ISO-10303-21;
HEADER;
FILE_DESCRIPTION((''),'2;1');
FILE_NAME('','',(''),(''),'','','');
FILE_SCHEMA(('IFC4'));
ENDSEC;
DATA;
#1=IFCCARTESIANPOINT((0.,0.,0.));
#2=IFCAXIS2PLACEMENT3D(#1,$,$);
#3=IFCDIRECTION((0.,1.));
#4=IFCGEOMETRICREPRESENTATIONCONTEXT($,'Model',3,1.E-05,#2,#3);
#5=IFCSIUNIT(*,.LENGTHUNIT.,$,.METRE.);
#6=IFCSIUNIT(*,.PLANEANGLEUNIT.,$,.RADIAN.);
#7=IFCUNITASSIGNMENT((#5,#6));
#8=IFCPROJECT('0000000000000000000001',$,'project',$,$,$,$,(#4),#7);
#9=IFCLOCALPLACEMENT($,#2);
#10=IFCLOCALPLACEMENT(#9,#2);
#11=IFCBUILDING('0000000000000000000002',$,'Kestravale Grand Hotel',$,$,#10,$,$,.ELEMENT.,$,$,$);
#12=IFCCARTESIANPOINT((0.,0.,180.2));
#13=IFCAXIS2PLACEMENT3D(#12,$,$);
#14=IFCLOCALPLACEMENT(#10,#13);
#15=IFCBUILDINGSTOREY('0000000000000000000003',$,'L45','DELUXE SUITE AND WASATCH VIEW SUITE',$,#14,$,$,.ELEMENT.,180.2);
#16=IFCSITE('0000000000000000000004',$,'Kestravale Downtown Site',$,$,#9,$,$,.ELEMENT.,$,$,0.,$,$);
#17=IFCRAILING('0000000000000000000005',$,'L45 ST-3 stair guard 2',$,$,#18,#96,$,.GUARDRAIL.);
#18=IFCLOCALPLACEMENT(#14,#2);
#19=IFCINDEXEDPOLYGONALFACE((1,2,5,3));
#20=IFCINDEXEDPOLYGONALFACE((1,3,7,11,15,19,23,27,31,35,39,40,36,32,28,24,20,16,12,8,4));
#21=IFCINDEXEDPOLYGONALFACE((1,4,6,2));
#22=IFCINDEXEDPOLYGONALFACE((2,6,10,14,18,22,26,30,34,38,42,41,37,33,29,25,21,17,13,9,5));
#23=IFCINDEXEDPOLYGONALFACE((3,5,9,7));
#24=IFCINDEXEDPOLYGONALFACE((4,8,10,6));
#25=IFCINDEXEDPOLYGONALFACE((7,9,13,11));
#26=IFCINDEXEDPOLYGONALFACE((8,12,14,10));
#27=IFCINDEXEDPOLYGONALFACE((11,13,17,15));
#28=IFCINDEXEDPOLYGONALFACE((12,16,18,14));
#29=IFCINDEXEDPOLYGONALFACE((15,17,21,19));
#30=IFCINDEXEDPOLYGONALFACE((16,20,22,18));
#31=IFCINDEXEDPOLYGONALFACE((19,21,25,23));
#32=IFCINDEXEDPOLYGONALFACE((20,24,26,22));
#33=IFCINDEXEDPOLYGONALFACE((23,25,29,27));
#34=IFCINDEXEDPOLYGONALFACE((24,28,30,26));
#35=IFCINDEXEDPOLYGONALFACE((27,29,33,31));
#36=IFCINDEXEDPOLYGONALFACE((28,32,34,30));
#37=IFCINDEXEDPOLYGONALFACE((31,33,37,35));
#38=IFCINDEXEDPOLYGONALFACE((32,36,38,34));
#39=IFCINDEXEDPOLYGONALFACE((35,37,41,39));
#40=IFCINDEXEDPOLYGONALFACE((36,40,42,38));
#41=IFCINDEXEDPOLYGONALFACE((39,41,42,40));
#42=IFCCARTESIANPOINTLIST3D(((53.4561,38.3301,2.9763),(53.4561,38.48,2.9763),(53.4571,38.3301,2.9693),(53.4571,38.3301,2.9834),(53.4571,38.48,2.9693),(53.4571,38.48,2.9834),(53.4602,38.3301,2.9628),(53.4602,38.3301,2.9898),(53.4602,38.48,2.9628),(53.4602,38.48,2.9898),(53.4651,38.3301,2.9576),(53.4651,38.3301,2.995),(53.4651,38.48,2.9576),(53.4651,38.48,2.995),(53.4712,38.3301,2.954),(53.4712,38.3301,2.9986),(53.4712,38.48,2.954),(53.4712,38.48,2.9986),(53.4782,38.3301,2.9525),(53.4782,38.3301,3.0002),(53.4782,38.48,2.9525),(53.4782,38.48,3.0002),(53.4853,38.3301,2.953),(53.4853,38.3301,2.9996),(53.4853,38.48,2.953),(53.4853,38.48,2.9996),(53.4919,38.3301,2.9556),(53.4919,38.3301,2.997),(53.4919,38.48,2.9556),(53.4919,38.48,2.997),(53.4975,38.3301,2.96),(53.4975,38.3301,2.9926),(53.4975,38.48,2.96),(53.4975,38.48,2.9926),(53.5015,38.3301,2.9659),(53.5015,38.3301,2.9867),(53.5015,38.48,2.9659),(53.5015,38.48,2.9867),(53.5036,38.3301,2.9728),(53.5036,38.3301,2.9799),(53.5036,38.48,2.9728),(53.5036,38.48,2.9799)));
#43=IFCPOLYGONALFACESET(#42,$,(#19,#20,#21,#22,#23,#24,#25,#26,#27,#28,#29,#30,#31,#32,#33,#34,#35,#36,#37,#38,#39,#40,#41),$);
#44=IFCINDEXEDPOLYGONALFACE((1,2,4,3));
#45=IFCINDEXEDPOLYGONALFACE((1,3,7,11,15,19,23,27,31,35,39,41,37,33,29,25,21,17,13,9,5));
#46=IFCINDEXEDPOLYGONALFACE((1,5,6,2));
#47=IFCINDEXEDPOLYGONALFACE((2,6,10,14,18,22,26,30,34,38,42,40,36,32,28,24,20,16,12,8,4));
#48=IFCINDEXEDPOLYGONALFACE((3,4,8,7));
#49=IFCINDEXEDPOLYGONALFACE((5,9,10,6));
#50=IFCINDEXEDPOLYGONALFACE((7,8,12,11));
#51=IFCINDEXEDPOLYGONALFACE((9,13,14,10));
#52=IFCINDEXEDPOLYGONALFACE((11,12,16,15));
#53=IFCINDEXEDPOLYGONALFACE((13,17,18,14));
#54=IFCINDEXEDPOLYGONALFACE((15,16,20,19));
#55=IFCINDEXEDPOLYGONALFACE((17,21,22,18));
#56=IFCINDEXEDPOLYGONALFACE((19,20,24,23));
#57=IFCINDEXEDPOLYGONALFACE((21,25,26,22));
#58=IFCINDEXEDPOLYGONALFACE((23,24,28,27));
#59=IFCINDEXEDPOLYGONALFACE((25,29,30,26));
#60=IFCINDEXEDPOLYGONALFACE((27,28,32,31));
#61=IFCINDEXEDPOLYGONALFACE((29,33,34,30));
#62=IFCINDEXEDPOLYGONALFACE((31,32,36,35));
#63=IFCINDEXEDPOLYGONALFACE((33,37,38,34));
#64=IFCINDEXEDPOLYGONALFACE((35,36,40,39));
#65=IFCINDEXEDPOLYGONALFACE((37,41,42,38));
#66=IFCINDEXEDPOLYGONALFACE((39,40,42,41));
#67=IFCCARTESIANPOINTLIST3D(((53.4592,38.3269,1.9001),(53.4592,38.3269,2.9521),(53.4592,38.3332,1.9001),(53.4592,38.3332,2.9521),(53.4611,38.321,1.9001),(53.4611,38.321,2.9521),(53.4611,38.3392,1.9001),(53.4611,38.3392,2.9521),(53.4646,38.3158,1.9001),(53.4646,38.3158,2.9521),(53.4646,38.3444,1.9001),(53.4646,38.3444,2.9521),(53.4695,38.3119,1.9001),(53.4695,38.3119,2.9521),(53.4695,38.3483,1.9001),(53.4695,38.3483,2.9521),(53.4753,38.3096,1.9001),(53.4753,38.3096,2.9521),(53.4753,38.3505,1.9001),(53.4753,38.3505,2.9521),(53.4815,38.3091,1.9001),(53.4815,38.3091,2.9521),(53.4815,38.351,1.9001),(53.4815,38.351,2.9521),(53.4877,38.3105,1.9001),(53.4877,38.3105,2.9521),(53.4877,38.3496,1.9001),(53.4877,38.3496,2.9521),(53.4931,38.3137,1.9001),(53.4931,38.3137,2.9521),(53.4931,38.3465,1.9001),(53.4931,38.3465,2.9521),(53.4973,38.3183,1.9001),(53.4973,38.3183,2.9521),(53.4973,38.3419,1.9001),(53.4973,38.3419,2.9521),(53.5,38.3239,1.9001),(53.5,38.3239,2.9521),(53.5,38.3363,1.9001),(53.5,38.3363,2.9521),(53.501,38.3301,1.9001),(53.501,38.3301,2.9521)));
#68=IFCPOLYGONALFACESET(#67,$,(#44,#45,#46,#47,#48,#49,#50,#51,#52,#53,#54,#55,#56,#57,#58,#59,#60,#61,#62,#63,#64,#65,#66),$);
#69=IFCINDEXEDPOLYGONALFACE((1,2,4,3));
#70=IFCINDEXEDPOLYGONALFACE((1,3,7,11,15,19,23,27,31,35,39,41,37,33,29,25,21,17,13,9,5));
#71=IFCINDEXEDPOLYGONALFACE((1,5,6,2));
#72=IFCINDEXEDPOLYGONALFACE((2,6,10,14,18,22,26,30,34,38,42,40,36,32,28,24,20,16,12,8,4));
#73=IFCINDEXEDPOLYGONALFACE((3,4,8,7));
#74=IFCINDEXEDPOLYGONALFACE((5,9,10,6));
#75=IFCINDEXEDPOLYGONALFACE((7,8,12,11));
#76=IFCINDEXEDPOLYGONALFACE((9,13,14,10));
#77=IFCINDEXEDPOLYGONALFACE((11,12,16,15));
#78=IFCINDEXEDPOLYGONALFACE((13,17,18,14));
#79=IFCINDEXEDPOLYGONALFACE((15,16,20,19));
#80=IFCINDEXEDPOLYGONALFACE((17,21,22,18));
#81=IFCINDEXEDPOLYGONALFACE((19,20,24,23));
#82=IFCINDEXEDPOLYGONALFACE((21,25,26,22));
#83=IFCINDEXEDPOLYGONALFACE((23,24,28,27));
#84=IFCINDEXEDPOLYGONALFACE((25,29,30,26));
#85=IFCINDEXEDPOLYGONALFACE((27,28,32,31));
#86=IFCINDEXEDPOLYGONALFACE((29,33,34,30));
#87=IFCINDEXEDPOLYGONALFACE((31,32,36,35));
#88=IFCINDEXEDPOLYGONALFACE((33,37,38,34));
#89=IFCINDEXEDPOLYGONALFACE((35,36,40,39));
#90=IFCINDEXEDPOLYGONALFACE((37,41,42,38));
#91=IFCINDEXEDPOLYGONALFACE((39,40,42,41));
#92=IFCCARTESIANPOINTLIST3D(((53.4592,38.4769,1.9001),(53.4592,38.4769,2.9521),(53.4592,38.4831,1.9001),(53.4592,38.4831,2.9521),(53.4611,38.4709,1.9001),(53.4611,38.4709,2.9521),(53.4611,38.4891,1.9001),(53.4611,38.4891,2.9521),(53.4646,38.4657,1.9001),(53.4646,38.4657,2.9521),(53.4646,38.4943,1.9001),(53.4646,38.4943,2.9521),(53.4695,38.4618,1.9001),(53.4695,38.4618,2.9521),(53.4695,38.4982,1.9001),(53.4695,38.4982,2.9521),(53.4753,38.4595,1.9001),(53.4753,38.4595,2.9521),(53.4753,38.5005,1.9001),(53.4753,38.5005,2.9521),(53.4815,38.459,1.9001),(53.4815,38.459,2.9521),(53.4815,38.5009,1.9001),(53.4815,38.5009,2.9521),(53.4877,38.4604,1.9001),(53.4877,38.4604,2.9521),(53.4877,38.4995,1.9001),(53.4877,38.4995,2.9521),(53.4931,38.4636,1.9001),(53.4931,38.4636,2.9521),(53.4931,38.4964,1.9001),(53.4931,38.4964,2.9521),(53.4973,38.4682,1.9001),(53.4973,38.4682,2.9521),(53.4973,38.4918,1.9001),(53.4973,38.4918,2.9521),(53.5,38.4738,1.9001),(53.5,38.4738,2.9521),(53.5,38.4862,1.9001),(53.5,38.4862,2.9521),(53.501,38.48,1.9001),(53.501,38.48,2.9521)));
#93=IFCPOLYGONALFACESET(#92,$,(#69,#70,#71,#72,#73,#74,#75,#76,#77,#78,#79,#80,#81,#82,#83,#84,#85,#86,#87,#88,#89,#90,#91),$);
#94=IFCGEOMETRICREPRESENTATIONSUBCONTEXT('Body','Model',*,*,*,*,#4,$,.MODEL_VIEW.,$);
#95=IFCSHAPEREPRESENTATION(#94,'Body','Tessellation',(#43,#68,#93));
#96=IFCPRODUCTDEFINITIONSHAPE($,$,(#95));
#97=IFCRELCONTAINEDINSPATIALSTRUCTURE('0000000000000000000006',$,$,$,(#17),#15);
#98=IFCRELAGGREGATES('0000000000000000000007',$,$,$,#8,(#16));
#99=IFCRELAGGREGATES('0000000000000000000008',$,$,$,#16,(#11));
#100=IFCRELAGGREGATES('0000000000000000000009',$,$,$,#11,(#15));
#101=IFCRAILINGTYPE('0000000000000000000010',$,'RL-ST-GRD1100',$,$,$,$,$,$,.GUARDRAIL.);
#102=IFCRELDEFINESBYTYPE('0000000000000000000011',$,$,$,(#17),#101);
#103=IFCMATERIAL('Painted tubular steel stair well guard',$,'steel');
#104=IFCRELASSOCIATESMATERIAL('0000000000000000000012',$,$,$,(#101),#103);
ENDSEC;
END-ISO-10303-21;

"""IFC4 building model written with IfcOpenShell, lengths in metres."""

from ifc_helpers import new_model, si_unit, direction, frame, origin, origin_2d, place, context, subcontext, project, spatial, circle, extrude, material, type_object, element, save


model = new_model("IFC4")

# Units and contexts
model_context = context("Model", 3, precision=1e-05, world=origin(), true_north=direction((0.0, 1.0)))
body_context = subcontext(model_context, "Body", "Model", "MODEL_VIEW")
ifc_project = project(units=[si_unit("LENGTHUNIT", "METRE"), si_unit("PLANEANGLEUNIT", "RADIAN")], contexts=[model_context])

# Site, building, storey
site_placement = place(None, origin())
site = spatial("IfcSite", under=ifc_project, at=site_placement, Name="Kestravale Downtown Site", CompositionType="ELEMENT", RefElevation=0.0)
building_placement = place(site_placement, origin())
building = spatial("IfcBuilding", under=site, at=building_placement, Name="Kestravale Grand Hotel", CompositionType="ELEMENT")
storey_placement = place(building_placement, frame((0.0, 0.0, 180.2)))
storey = spatial("IfcBuildingStorey", under=building, at=storey_placement, Name="L45", Description="DELUXE SUITE AND WASATCH VIEW SUITE", CompositionType="ELEMENT", Elevation=180.2)

# Railing
ifc_material_1 = material(Name="Painted tubular steel stair well guard", Category="steel")
railing_type_1 = type_object("IfcRailingType", Name="RL-ST-GRD1100", PredefinedType="GUARDRAIL", material=ifc_material_1)
railing_1_placement = place(storey_placement, frame((53.48, 38.3301, 1.9001)))
element("IfcRailing", 1, at=railing_1_placement, inside=storey, type_object=railing_type_1, Name="L45 ST-3 stair guard 2", PredefinedType="GUARDRAIL", context=body_context, shape_type="SweptSolid", body=[
    extrude(circle(Radius=0.0239, at=origin_2d()), frame((0.0, 0.0, 1.0762), z_axis=(0.0, 1.0, 0.0), x_axis=(-1.0, 0.0, 0.0)), (0.0, 0.0, 1.0), 0.1499),
    extrude(circle(Radius=0.021, at=origin_2d()), origin(), (0.0, 0.0, 1.0), 1.052),
    extrude(circle(Radius=0.021, at=origin_2d()), frame((0.0, 0.1499, 0.0)), (0.0, 0.0, 1.0), 1.052),
])

save(model, "model.ifc")
